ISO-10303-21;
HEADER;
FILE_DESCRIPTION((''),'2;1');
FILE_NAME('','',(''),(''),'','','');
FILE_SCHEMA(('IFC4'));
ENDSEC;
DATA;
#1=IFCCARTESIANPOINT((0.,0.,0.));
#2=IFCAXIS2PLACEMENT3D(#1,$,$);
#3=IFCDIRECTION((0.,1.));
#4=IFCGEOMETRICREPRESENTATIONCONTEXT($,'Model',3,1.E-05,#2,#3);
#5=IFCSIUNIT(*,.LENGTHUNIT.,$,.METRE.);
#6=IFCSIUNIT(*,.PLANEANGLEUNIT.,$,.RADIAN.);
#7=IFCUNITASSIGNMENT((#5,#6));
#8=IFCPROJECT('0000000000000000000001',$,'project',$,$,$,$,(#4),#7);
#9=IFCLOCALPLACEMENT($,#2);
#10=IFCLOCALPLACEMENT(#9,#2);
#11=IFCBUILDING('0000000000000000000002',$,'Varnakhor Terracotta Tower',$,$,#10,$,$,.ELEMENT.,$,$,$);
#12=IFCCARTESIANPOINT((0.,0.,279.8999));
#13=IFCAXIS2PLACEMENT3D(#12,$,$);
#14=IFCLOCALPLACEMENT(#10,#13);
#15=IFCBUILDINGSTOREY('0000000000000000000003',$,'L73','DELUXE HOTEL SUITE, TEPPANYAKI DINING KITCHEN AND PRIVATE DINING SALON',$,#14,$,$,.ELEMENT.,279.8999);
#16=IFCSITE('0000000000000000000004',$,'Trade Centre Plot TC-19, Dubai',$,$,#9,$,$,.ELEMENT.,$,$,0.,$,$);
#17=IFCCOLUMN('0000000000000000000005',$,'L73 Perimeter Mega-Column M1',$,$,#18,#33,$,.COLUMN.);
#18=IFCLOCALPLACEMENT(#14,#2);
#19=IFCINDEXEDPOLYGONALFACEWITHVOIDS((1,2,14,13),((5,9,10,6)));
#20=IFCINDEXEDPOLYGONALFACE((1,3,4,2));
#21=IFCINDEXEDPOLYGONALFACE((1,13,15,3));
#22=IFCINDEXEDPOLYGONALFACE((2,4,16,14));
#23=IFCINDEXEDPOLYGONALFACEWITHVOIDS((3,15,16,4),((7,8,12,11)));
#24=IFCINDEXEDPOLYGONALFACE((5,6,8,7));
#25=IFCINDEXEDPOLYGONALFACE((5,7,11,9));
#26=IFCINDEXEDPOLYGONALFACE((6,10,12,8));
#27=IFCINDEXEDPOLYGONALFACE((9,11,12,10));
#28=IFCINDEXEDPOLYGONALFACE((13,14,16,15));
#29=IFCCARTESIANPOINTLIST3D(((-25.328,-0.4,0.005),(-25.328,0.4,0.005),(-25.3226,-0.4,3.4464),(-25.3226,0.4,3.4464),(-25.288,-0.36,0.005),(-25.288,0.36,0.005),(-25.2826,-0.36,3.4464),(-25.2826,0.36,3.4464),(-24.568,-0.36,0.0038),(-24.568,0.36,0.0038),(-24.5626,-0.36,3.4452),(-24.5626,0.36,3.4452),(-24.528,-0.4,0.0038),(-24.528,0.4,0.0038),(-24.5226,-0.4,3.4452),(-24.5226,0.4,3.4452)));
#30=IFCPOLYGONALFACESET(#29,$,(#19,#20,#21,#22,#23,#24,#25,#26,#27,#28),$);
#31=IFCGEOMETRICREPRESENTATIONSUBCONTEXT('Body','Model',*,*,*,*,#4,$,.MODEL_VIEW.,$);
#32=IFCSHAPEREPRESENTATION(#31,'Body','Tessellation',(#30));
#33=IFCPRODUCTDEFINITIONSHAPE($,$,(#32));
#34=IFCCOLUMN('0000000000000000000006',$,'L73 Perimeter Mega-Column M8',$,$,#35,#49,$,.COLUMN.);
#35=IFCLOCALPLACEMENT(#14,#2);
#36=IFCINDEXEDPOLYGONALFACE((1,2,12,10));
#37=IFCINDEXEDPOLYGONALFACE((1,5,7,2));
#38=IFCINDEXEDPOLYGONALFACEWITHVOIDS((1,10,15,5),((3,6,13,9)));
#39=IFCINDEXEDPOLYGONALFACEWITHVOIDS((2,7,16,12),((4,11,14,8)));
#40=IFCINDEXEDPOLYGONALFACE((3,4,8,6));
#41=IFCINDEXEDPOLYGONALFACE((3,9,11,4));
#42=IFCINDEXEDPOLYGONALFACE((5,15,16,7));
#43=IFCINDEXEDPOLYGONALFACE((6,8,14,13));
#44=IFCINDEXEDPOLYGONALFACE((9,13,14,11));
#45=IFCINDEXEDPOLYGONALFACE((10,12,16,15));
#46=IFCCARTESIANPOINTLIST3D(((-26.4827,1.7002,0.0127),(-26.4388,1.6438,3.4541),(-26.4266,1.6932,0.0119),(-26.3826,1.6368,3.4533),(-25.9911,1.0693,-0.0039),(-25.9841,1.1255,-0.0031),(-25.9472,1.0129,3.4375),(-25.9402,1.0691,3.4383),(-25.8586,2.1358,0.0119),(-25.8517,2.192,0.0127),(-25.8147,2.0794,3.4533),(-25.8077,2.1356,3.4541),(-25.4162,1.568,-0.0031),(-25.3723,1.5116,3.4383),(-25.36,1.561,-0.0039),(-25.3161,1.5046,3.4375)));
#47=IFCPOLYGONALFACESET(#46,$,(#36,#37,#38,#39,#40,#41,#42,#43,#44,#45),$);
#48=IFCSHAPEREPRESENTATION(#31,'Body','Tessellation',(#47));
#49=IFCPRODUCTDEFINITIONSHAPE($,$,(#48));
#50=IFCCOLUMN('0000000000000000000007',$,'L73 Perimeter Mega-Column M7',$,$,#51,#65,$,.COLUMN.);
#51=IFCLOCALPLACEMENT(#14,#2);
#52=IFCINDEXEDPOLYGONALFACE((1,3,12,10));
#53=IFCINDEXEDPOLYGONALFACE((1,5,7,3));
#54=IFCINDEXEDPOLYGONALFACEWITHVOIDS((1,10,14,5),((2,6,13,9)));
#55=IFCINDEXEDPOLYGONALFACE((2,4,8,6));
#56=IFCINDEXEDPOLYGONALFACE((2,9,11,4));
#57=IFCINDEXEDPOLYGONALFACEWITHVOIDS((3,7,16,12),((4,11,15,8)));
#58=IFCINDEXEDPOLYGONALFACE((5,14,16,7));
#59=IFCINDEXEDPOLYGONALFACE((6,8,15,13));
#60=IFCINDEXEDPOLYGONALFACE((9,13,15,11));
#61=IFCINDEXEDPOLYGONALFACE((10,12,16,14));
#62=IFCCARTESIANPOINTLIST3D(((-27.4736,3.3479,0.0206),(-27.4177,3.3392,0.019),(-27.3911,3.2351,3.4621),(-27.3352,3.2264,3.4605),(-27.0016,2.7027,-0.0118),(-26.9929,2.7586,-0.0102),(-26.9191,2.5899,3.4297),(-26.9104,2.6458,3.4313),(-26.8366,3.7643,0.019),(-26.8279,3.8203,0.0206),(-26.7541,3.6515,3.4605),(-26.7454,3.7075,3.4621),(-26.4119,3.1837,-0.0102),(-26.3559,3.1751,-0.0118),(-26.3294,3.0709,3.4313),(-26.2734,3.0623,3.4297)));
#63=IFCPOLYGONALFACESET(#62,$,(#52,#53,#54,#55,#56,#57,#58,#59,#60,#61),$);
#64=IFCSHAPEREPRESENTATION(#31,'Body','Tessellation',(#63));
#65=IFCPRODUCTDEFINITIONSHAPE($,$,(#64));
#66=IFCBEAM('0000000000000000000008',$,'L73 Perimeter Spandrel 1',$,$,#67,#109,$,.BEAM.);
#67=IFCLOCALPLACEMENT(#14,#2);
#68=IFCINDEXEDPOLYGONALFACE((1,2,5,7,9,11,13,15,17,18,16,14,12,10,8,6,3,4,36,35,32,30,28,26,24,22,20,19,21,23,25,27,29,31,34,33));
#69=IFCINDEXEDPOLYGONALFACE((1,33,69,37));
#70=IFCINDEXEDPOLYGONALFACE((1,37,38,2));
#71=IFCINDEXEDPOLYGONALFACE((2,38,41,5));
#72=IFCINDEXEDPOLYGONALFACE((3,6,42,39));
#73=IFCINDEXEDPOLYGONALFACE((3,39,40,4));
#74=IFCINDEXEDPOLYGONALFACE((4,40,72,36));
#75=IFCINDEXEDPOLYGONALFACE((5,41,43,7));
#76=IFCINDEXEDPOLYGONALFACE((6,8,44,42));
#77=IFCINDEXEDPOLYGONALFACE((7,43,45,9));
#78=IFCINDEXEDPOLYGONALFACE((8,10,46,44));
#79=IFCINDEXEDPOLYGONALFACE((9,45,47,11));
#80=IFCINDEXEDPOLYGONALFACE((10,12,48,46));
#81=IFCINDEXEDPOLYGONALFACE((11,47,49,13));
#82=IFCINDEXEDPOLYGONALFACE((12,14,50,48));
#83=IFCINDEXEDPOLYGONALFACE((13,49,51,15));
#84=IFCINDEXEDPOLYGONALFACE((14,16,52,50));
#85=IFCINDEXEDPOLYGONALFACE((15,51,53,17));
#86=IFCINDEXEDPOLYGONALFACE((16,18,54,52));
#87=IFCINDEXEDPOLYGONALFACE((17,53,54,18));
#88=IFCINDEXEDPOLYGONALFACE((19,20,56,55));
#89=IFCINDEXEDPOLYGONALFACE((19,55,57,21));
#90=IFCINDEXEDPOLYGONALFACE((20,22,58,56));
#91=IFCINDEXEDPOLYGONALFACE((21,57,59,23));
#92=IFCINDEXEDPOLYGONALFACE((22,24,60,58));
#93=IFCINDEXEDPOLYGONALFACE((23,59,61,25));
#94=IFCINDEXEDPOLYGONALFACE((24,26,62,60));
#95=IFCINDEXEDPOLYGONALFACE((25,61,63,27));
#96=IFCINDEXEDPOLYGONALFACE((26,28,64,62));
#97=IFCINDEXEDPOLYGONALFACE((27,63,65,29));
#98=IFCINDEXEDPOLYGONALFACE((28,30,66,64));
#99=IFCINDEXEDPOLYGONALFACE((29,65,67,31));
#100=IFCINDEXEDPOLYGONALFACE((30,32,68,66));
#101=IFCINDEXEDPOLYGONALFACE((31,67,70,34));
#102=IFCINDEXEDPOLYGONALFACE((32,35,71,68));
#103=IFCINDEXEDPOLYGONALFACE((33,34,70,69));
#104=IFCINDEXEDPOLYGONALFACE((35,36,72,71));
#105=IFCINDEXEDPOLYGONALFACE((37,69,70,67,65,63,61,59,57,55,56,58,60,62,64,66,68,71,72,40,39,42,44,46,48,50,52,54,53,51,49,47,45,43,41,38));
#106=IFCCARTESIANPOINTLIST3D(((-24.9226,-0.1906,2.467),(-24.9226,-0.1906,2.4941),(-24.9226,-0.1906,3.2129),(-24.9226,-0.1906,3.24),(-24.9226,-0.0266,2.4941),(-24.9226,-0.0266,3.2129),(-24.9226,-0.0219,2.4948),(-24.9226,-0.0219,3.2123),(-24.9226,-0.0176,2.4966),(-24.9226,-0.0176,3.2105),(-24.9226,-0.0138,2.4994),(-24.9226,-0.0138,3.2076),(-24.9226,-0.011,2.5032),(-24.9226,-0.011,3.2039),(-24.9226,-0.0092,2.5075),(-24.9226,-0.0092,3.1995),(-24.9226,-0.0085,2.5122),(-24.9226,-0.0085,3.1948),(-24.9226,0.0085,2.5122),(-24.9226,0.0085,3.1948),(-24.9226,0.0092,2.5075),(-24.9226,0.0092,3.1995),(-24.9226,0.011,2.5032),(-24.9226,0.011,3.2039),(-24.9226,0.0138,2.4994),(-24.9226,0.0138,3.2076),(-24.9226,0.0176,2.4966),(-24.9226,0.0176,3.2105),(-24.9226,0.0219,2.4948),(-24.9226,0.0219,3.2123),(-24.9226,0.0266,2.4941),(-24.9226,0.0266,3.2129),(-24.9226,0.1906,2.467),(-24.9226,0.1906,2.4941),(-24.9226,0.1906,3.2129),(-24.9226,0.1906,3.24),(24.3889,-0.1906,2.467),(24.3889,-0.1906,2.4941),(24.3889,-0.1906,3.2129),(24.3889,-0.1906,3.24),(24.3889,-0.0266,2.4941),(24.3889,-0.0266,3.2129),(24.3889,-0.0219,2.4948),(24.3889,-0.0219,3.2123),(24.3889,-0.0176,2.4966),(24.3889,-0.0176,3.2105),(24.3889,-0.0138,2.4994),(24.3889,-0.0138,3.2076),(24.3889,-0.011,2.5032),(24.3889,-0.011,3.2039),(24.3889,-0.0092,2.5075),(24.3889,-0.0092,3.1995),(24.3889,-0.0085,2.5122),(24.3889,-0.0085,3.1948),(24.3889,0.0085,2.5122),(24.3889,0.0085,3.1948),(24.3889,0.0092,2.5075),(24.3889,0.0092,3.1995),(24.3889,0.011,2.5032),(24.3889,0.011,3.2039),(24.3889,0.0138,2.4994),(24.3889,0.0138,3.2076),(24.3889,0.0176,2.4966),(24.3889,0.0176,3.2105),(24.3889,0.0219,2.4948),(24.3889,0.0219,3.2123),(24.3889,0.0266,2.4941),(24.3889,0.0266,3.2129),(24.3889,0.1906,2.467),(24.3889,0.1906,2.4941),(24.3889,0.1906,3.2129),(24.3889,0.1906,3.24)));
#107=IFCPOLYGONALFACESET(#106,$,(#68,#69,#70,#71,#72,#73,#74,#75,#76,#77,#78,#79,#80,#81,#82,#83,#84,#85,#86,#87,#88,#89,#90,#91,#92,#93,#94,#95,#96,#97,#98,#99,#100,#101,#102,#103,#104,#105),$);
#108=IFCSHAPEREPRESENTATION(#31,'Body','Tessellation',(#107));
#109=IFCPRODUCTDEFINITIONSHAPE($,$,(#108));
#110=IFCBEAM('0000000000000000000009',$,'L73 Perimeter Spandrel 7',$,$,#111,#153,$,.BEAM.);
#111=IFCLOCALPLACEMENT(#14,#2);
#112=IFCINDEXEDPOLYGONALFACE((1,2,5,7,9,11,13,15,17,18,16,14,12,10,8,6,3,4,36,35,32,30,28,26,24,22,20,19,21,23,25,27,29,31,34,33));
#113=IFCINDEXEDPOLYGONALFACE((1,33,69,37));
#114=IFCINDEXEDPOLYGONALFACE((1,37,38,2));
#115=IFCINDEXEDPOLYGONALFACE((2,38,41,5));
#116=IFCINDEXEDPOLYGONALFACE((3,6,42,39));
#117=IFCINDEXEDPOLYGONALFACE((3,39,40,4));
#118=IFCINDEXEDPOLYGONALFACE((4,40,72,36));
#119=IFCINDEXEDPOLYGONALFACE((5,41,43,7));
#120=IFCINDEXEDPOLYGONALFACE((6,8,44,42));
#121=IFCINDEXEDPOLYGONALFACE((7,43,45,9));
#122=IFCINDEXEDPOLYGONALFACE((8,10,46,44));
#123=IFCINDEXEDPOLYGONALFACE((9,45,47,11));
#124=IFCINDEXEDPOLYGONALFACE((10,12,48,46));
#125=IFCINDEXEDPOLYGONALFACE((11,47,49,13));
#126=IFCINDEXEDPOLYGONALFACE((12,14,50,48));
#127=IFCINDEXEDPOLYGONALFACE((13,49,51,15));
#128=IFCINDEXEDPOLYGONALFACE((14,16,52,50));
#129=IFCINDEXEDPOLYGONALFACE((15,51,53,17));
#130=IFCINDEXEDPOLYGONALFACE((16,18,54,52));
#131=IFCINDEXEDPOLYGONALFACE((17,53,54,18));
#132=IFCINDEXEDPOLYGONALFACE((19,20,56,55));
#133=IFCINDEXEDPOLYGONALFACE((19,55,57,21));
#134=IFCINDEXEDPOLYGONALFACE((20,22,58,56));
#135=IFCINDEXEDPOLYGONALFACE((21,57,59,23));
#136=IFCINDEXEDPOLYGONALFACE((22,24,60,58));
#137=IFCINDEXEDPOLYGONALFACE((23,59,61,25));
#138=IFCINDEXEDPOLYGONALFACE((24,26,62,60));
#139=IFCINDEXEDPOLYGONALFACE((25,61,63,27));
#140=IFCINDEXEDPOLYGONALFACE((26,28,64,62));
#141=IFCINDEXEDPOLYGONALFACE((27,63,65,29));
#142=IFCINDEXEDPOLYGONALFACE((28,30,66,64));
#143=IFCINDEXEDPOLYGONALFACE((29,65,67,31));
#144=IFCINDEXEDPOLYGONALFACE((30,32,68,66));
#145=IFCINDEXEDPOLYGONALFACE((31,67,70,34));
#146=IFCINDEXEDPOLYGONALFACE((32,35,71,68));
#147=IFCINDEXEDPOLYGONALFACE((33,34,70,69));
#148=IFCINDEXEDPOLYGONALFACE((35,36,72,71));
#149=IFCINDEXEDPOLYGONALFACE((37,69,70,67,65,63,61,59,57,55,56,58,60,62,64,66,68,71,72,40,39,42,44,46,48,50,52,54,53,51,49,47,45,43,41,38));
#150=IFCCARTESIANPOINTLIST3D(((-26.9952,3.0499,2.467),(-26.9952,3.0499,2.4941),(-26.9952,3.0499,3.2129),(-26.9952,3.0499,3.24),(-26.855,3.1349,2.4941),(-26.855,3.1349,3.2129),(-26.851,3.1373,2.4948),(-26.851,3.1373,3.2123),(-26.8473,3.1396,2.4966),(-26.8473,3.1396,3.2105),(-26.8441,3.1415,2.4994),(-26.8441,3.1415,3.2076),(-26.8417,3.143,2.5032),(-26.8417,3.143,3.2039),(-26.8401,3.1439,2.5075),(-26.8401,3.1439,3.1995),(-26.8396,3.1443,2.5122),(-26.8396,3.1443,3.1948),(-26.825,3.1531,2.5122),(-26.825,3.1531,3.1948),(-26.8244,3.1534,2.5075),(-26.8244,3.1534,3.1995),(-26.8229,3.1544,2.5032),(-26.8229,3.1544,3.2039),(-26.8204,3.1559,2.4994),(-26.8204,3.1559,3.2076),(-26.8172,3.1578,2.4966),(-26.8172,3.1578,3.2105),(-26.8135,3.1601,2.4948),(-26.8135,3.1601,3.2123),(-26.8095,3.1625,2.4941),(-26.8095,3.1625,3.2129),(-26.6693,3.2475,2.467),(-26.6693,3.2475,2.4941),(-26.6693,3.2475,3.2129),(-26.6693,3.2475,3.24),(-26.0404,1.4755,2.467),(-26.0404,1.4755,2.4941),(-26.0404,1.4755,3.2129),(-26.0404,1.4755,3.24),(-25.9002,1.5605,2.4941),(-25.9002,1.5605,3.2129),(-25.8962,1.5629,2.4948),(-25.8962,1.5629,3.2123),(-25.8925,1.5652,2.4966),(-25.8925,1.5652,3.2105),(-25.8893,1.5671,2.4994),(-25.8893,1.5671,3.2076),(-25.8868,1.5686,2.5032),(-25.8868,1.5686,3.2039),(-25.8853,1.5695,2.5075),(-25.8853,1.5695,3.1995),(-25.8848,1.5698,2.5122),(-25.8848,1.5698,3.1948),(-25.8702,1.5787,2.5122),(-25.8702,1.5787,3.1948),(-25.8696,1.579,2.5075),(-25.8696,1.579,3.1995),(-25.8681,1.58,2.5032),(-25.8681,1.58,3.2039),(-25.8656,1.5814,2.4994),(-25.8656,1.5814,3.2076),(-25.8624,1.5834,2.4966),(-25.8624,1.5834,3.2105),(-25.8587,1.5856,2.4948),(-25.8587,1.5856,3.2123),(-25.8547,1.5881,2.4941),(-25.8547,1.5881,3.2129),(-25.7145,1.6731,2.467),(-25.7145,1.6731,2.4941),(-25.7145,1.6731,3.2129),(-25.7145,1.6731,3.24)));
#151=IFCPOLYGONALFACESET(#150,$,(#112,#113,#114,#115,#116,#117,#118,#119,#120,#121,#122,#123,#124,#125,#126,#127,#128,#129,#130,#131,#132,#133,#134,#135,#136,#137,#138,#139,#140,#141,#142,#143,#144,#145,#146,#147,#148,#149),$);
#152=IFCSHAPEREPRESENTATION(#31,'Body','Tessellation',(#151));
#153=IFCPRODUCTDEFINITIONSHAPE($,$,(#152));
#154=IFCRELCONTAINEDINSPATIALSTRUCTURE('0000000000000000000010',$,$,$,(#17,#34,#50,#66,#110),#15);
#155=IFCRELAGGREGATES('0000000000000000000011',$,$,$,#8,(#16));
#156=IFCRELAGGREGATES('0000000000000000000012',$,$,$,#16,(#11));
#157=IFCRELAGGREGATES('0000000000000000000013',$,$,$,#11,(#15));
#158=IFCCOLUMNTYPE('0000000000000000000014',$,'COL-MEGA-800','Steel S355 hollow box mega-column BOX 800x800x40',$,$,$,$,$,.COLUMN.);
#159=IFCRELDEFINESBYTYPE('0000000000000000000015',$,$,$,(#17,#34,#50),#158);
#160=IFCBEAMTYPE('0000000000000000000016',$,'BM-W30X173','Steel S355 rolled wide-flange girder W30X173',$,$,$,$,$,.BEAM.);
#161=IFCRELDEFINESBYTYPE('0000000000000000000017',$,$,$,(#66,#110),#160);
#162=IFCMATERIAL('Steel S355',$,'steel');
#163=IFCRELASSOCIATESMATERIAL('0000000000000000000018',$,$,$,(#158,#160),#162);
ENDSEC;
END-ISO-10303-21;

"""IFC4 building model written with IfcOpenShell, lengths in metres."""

from ifc_helpers import new_model, si_unit, direction, frame, origin, origin_2d, place, context, subcontext, project, spatial, hollow_rectangle, i_section, extrude, source, transform, mapped, material, material_profile, profile_set, type_object, type_shapes, element, save


model = new_model("IFC4")

# Units and contexts
model_context = context("Model", 3, precision=1e-05, world=origin(), true_north=direction((0.0, 1.0)))
body_context = subcontext(model_context, "Body", "Model", "MODEL_VIEW")
ifc_project = project(units=[si_unit("LENGTHUNIT", "METRE"), si_unit("PLANEANGLEUNIT", "RADIAN")], contexts=[model_context])

# Site, building, storey
site_placement = place(None, origin())
site = spatial("IfcSite", under=ifc_project, at=site_placement, Name="Trade Centre Plot TC-19, Dubai", CompositionType="ELEMENT", RefElevation=0.0)
building_placement = place(site_placement, origin())
building = spatial("IfcBuilding", under=site, at=building_placement, Name="Varnakhor Terracotta Tower", CompositionType="ELEMENT")
storey_placement = place(building_placement, frame((0.0, 0.0, 279.8999)))
storey = spatial("IfcBuildingStorey", under=building, at=storey_placement, Name="L73", Description="DELUXE HOTEL SUITE, TEPPANYAKI DINING KITCHEN AND PRIVATE DINING SALON", CompositionType="ELEMENT", Elevation=279.8999)

# Columns
ifc_material_1 = material(Name="Steel S355", Category="steel")
ifc_material_profile_1 = material_profile(ifc_material_1, hollow_rectangle(XDim=0.8, YDim=0.8, WallThickness=0.04, at=origin_2d()), Name="BOX 800x800x40")
ifc_profile_set_1 = profile_set([ifc_material_profile_1], Name="Steel S355")
column_type = type_object("IfcColumnType", Name="COL-MEGA-800", Description="Steel S355 hollow box mega-column BOX 800x800x40", PredefinedType="COLUMN", material=ifc_profile_set_1)
shared_shape_1 = source(origin(), body_context, "Body", "SweptSolid", [
    extrude(hollow_rectangle(XDim=0.8, YDim=0.8, WallThickness=0.04, at=origin_2d()), origin(), (0.0, 0.0, 1.0), 3.4414),
])
type_shapes(column_type, [shared_shape_1])
column_1_placement = place(storey_placement, frame((-24.928, 0.0, 0.0044), z_axis=(0.001561, 0.0, 0.999999), x_axis=(0.0, 1.0, 0.0)))
element("IfcColumn", 1, at=column_1_placement, inside=storey, type_object=column_type, Name="L73 Perimeter Mega-Column M1", PredefinedType="COLUMN", context=body_context, shape_type="MappedRepresentation", body=[
    mapped(shared_shape_1, transform((0.0, 0.0, 0.0), scale=1.0)),
])
shared_shape_2 = source(origin(), body_context, "Body", "SweptSolid", [
    extrude(hollow_rectangle(XDim=0.8, YDim=0.8, WallThickness=0.04, at=origin_2d()), origin(), (0.0, 0.0, 1.0), 3.4421),
])
column_2_placement = place(storey_placement, frame((-25.9214, 1.6306, 0.0044), z_axis=(0.012767, -0.016384, 0.999784), x_axis=(0.7888, 0.61465, 0.0)))
element("IfcColumn", 2, at=column_2_placement, inside=storey, type_object=column_type, Name="L73 Perimeter Mega-Column M8", PredefinedType="COLUMN", context=body_context, shape_type="MappedRepresentation", body=[
    mapped(shared_shape_2, transform((0.0, 0.0, 0.0), scale=1.0)),
])
shared_shape_3 = source(origin(), body_context, "Body", "SweptSolid", [
    extrude(hollow_rectangle(XDim=0.8, YDim=0.8, WallThickness=0.04, at=origin_2d()), origin(), (0.0, 0.0, 1.0), 3.4443),
])
column_3_placement = place(storey_placement, frame((-26.9148, 3.2615, 0.0044), z_axis=(0.023959, -0.032748, 0.999176), x_axis=(0.807071, 0.590454, 0.0)))
element("IfcColumn", 3, at=column_3_placement, inside=storey, type_object=column_type, Name="L73 Perimeter Mega-Column M7", PredefinedType="COLUMN", context=body_context, shape_type="MappedRepresentation", body=[
    mapped(shared_shape_3, transform((0.0, 0.0, 0.0), scale=1.0)),
])

# Beams
ifc_material_profile_2 = material_profile(ifc_material_1, i_section(OverallWidth=0.3811, OverallDepth=0.7729, WebThickness=0.0171, FlangeThickness=0.0271, FilletRadius=0.0181, at=origin_2d()), Name="W30X173")
ifc_profile_set_2 = profile_set([ifc_material_profile_2], Name="Steel S355")
beam_type_1 = type_object("IfcBeamType", Name="BM-W30X173", Description="Steel S355 rolled wide-flange girder W30X173", PredefinedType="BEAM", material=ifc_profile_set_2)
shared_shape_4 = source(origin(), body_context, "Body", "SweptSolid", [
    extrude(i_section(OverallWidth=0.3811, OverallDepth=0.7729, WebThickness=0.0171, FlangeThickness=0.0271, FilletRadius=0.0181, at=origin_2d()), origin(), (0.0, 0.0, 1.0), 49.3115),
])
beam_1_placement = place(storey_placement, frame((-24.9226, 0.0, 2.8535), z_axis=(1.0, 0.0, 0.0), x_axis=(0.0, 1.0, 0.0)))
element("IfcBeam", 4, at=beam_1_placement, inside=storey, type_object=beam_type_1, Name="L73 Perimeter Spandrel 1", PredefinedType="BEAM", context=body_context, shape_type="MappedRepresentation", body=[
    mapped(shared_shape_4, transform((0.0, 0.0, 0.0), scale=1.0)),
])
shared_shape_5 = source(origin(), body_context, "Body", "SweptSolid", [
    extrude(i_section(OverallWidth=0.3811, OverallDepth=0.7729, WebThickness=0.0171, FlangeThickness=0.0271, FilletRadius=0.0181, at=origin_2d()), origin(), (0.0, 0.0, 1.0), 1.8413),
])
beam_2_placement = place(storey_placement, frame((-26.8323, 3.1487, 2.8535), z_axis=(0.518546, -0.85505, 0.0), x_axis=(0.85505, 0.518546, 0.0)))
element("IfcBeam", 5, at=beam_2_placement, inside=storey, type_object=beam_type_1, Name="L73 Perimeter Spandrel 7", PredefinedType="BEAM", context=body_context, shape_type="MappedRepresentation", body=[
    mapped(shared_shape_5, transform((0.0, 0.0, 0.0), scale=1.0)),
])

save(model, "model.ifc")
